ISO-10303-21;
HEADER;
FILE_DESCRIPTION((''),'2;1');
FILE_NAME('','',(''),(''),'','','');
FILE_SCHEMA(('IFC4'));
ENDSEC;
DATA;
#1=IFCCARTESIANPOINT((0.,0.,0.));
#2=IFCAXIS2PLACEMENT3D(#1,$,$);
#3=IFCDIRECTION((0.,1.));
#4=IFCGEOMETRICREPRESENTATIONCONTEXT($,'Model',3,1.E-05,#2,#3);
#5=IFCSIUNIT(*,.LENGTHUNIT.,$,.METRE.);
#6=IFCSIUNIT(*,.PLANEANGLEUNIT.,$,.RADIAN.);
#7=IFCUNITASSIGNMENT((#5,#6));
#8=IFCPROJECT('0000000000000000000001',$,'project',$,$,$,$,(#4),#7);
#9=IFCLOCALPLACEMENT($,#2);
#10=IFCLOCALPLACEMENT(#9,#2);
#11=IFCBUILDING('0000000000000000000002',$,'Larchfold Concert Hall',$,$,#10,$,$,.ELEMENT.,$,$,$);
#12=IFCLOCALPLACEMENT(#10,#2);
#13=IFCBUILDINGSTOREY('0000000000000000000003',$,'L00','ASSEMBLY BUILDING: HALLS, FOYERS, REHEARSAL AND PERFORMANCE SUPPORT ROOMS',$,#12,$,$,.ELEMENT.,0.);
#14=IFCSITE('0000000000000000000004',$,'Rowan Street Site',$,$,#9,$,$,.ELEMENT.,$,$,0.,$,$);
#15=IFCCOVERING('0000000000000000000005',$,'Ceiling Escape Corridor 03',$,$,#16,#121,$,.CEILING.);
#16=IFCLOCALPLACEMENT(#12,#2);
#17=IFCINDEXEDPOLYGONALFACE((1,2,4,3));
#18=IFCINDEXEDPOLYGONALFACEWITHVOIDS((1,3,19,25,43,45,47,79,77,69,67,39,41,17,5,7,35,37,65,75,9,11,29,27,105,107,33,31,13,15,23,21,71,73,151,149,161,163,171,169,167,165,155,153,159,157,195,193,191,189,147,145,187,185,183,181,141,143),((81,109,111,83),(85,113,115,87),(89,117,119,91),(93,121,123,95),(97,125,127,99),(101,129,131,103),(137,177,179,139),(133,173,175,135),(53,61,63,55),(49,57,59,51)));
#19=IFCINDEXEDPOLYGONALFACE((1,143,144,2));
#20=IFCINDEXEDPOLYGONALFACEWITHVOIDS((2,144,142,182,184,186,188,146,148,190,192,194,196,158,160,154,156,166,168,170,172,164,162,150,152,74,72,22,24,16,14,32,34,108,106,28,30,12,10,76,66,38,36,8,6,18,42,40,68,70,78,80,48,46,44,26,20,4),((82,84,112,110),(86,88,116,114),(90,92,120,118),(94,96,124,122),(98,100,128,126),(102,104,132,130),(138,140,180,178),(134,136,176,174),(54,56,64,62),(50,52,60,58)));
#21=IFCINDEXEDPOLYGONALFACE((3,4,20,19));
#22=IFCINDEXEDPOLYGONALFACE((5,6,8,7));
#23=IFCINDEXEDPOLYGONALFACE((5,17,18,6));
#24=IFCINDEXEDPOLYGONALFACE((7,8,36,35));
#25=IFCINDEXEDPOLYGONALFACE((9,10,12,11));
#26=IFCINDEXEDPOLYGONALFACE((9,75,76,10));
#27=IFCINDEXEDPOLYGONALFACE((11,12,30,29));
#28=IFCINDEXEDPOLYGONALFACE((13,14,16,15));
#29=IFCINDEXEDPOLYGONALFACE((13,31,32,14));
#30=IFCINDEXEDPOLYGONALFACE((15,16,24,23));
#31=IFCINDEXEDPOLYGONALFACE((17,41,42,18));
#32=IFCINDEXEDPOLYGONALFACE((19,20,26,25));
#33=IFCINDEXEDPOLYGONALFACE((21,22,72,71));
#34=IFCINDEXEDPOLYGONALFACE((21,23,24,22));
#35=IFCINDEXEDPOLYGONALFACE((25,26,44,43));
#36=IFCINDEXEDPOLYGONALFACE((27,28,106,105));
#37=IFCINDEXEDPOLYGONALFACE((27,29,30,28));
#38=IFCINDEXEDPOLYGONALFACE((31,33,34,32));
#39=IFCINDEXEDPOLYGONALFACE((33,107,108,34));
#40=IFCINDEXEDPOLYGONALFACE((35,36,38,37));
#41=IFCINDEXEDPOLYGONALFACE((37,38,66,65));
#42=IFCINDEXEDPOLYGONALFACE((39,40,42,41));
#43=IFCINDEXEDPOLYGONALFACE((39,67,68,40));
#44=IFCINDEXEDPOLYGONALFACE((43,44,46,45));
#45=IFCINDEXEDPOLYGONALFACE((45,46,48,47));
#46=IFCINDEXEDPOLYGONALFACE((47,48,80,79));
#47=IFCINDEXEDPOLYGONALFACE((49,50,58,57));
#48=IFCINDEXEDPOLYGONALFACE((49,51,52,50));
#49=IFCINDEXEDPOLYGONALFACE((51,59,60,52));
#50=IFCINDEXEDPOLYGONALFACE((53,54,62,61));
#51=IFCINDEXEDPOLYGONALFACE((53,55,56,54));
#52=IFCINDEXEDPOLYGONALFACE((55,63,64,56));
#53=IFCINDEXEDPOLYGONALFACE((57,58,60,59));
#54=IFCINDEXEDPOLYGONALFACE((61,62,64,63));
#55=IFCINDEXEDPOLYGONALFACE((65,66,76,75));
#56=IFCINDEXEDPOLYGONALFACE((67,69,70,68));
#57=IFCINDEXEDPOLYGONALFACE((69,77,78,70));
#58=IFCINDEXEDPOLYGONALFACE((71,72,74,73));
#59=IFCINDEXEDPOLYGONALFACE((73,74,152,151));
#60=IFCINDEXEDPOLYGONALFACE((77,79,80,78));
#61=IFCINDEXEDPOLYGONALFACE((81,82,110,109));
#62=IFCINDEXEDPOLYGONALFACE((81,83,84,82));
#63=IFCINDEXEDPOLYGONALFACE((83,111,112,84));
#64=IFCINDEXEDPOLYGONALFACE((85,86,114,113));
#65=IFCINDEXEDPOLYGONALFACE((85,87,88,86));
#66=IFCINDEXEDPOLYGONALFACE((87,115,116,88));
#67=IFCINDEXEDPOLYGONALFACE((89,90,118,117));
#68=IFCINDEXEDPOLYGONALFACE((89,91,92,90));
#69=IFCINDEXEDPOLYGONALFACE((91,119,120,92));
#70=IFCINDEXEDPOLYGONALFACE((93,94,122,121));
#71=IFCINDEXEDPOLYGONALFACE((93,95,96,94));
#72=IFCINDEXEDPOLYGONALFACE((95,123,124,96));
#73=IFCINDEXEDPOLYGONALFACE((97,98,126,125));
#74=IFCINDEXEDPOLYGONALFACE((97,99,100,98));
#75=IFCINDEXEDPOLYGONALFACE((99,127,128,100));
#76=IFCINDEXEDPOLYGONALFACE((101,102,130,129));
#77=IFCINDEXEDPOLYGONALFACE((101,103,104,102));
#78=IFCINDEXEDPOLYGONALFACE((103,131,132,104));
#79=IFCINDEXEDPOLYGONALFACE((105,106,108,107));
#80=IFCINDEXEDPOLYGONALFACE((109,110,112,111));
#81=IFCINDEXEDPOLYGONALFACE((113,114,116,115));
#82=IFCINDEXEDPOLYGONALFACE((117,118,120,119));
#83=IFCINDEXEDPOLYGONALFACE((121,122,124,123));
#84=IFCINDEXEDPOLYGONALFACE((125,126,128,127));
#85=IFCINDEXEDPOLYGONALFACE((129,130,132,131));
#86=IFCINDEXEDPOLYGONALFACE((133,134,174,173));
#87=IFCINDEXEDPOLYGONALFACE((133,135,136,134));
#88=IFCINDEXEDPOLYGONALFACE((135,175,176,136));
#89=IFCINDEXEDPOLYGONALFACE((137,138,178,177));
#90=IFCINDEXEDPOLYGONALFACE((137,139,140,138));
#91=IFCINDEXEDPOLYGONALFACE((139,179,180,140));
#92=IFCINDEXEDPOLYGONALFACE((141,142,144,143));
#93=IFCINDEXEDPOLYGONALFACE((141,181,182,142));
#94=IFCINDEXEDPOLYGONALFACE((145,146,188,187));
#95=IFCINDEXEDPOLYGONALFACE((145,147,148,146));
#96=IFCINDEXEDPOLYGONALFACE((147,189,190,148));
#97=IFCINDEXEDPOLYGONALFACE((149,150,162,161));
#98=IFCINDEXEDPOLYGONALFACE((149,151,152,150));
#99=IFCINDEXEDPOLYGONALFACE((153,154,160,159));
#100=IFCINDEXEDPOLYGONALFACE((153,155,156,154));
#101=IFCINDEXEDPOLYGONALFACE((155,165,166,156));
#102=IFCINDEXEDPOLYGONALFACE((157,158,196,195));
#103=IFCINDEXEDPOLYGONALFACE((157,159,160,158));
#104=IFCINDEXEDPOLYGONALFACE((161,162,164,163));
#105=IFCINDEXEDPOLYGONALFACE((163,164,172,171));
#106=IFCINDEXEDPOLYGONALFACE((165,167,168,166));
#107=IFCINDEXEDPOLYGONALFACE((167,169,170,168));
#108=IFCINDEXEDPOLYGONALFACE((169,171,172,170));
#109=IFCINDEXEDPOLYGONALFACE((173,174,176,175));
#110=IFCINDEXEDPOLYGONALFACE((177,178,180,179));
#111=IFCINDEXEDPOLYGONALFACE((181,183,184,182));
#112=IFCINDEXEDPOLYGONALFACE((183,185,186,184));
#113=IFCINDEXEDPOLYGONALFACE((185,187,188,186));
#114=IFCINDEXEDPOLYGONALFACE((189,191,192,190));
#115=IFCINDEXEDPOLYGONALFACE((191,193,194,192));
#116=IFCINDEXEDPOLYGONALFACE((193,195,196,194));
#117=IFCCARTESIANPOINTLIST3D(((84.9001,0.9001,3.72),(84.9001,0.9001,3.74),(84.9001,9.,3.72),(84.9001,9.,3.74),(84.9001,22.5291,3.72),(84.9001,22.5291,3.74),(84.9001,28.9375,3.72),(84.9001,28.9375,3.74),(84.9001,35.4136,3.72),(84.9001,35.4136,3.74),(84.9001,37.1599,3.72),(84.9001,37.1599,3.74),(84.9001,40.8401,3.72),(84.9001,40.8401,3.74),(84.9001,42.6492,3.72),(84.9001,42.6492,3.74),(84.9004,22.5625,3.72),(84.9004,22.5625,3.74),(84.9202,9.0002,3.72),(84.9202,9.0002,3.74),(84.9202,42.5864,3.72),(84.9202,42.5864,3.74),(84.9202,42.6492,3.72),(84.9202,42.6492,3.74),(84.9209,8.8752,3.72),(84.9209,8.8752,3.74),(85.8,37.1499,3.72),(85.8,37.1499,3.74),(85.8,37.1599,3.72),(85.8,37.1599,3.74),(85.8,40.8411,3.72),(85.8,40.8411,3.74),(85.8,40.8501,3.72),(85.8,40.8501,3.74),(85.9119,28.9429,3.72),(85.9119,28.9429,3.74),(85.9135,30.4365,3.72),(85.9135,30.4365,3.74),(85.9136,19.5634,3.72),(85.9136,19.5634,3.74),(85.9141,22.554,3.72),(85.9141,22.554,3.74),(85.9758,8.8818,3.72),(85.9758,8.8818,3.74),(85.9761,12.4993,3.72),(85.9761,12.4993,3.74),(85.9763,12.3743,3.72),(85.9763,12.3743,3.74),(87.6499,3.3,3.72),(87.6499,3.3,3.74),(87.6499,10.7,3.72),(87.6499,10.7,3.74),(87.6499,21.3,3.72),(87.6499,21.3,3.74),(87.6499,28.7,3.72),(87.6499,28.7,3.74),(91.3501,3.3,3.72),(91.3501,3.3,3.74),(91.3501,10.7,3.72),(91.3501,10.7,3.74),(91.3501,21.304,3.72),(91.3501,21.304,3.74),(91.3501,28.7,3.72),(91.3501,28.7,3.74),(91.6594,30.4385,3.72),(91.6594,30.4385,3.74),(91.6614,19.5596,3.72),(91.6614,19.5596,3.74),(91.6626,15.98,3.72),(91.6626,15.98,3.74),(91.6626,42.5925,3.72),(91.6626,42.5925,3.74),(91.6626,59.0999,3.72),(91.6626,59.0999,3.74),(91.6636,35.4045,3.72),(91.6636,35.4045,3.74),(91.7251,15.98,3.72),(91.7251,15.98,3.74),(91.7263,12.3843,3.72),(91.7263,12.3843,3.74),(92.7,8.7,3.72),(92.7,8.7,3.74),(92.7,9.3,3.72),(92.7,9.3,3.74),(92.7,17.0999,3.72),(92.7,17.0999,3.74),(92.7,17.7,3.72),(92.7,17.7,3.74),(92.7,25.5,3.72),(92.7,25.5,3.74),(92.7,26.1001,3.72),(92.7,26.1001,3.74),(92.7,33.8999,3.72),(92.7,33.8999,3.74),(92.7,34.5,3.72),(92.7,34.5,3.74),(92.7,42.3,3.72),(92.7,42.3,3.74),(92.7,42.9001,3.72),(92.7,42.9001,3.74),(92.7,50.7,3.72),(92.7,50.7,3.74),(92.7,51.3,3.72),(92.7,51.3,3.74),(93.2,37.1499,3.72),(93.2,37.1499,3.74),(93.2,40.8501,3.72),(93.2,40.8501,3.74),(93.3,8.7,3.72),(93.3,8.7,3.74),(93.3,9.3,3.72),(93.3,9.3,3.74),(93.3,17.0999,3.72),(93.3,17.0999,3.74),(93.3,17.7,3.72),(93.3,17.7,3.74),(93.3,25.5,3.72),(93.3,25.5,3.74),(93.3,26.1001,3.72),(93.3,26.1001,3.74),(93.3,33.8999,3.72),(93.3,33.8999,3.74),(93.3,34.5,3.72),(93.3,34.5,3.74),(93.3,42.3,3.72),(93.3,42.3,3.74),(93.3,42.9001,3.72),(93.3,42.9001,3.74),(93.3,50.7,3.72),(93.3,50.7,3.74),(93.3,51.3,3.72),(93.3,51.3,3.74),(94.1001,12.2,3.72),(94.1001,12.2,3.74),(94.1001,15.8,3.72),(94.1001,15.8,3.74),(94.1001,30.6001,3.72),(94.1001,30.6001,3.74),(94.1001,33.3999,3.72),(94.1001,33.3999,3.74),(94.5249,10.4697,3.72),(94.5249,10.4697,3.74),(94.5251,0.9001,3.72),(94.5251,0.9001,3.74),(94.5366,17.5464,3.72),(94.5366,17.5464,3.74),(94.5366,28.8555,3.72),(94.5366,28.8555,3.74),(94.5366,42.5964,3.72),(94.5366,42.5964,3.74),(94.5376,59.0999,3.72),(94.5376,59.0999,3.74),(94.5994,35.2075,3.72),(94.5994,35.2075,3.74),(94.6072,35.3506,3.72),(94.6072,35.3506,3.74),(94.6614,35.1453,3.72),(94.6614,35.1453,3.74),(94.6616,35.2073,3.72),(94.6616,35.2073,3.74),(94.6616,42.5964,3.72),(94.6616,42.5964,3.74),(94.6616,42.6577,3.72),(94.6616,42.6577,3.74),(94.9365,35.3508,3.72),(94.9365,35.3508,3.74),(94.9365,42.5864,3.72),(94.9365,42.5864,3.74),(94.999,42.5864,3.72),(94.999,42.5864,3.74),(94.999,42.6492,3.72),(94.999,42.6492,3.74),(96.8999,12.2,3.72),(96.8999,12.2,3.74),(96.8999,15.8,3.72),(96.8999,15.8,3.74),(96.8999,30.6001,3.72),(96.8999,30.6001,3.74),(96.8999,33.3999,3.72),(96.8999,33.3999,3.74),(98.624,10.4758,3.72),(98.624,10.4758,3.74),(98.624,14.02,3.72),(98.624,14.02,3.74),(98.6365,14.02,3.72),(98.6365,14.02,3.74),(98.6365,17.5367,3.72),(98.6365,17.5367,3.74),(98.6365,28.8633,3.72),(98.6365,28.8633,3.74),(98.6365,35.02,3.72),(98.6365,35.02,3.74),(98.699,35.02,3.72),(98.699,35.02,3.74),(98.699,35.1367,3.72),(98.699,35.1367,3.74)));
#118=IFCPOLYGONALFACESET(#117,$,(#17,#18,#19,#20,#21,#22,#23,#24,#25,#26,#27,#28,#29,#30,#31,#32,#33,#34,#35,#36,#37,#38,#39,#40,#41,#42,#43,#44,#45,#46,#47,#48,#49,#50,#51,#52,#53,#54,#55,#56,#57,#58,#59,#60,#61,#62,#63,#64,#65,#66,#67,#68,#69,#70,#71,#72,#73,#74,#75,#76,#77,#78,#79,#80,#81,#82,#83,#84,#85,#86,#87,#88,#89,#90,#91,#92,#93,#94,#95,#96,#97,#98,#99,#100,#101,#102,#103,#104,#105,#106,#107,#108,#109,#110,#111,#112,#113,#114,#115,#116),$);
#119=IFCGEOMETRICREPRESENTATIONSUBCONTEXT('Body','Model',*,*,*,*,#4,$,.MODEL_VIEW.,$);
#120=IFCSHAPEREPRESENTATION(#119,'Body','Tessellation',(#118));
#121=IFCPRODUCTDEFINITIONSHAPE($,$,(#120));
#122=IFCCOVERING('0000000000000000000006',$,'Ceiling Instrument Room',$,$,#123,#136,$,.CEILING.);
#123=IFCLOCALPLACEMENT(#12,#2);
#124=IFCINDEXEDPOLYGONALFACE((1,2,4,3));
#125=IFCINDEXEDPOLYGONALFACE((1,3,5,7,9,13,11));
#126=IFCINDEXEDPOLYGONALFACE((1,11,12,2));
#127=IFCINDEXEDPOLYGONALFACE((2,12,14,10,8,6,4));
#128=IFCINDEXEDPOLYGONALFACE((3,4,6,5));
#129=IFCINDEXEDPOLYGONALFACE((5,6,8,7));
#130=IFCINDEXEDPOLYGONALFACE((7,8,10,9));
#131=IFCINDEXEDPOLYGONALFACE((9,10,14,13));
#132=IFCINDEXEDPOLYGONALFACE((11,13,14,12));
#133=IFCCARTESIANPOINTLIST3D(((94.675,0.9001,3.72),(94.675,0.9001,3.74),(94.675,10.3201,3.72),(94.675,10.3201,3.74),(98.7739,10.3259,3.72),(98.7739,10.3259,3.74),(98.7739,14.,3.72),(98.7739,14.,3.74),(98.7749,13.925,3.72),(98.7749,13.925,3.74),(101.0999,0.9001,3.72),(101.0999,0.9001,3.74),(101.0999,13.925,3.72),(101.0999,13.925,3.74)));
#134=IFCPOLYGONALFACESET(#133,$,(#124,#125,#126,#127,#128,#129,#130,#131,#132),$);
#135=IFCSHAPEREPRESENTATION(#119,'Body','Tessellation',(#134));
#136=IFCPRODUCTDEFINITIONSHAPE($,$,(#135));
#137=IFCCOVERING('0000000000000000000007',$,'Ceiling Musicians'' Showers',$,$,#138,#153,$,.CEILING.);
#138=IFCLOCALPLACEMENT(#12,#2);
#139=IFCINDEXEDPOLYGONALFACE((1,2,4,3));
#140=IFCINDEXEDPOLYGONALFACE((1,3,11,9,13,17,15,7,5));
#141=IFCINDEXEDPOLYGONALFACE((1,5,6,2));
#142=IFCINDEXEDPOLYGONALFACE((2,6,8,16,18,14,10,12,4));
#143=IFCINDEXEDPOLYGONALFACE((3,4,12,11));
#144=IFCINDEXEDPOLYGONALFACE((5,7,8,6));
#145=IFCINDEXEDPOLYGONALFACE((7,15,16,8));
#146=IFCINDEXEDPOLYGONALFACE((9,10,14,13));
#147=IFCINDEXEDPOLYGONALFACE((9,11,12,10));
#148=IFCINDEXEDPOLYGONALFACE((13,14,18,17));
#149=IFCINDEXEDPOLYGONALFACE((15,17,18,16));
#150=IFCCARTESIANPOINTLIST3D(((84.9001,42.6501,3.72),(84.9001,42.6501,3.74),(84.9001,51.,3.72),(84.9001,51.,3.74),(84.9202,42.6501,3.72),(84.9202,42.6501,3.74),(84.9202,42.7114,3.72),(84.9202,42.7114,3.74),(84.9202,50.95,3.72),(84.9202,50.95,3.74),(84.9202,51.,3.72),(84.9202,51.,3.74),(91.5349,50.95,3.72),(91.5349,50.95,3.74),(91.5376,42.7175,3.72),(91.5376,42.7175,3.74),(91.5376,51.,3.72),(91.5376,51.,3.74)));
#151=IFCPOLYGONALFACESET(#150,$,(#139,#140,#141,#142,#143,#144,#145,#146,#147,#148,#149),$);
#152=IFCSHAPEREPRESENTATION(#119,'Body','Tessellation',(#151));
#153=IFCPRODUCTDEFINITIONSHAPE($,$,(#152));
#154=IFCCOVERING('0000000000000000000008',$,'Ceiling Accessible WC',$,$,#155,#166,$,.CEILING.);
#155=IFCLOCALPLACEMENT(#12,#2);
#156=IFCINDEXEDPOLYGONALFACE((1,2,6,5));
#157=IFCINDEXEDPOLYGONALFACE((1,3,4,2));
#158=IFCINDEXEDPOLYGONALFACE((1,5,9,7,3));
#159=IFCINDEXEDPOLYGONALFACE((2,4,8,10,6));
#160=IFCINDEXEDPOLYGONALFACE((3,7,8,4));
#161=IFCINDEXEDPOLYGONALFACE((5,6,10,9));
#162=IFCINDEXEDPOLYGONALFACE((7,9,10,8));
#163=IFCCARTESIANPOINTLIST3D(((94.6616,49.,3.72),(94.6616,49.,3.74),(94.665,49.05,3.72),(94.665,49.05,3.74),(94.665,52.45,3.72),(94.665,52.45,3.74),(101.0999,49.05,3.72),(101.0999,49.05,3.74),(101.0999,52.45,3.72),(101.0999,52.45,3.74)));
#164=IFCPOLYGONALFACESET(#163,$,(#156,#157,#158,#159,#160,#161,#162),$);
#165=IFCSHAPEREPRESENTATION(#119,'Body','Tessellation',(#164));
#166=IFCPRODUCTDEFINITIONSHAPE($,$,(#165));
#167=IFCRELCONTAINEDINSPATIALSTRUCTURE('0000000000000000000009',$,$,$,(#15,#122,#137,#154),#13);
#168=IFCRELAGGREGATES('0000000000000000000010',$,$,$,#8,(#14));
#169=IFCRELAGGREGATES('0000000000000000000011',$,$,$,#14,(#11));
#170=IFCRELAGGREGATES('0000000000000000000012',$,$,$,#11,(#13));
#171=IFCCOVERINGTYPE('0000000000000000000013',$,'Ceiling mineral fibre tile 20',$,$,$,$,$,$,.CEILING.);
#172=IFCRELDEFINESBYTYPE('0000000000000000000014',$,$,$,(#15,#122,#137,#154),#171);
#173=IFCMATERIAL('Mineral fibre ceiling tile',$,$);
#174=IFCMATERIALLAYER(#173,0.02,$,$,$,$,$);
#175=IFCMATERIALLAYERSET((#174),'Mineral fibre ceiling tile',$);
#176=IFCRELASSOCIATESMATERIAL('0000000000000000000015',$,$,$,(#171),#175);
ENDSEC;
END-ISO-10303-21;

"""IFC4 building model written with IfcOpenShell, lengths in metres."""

from ifc_helpers import new_model, si_unit, direction, frame, origin, place, context, subcontext, project, spatial, polyline, outline, extrude, material, layer, layer_set, type_object, element, save


model = new_model("IFC4")

# Units and contexts
model_context = context("Model", 3, precision=1e-05, world=origin(), true_north=direction((0.0, 1.0)))
body_context = subcontext(model_context, "Body", "Model", "MODEL_VIEW")
ifc_project = project(units=[si_unit("LENGTHUNIT", "METRE"), si_unit("PLANEANGLEUNIT", "RADIAN")], contexts=[model_context])

# Site, building, storey
site_placement = place(None, origin())
site = spatial("IfcSite", under=ifc_project, at=site_placement, Name="Rowan Street Site", CompositionType="ELEMENT", RefElevation=0.0)
building_placement = place(site_placement, origin())
building = spatial("IfcBuilding", under=site, at=building_placement, Name="Larchfold Concert Hall", CompositionType="ELEMENT")
storey_placement = place(building_placement, origin())
storey = spatial("IfcBuildingStorey", under=building, at=storey_placement, Name="L00", Description="ASSEMBLY BUILDING: HALLS, FOYERS, REHEARSAL AND PERFORMANCE SUPPORT ROOMS", CompositionType="ELEMENT", Elevation=0.0)

# Coverings
ifc_material_1 = material(Name="Mineral fibre ceiling tile")
ifc_layer_1 = layer(ifc_material_1, 0.02)
ifc_layer_set_1 = layer_set([ifc_layer_1], Name="Mineral fibre ceiling tile")
covering_type_1 = type_object("IfcCoveringType", Name="Ceiling mineral fibre tile 20", PredefinedType="CEILING", material=ifc_layer_set_1)
covering_1_placement = place(storey_placement, frame((0.0, 0.0, 3.72)))
element("IfcCovering", 1, at=covering_1_placement, inside=storey, type_object=covering_type_1, Name="Ceiling Escape Corridor 03", PredefinedType="CEILING", context=body_context, shape_type="SweptSolid", body=[
    extrude(outline(polyline([(84.9001, 22.5291), (84.9004, 22.5625), (85.9141, 22.554), (85.9136, 19.5635), (85.8508, 19.5635), (91.6614, 19.5596), (91.6626, 15.98), (91.7251, 15.98), (91.7263, 12.3843), (85.9763, 12.3743), (85.9761, 12.4993), (85.9758, 8.8818), (84.9209, 8.8752), (84.9202, 9.0002), (84.9001, 9.0), (84.9001, 0.9001), (94.5251, 0.9001), (94.5249, 10.4697), (98.624, 10.4758), (98.624, 14.02), (98.6365, 14.02), (98.6365, 17.5366), (98.6614, 17.5366), (94.5366, 17.5464), (94.5366, 28.8555), (98.6365, 28.8633), (98.6365, 35.02), (98.699, 35.02), (98.699, 35.1367), (94.6614, 35.1453), (94.6616, 35.2073), (94.5994, 35.2075), (94.6072, 35.3506), (94.9365, 35.3508), (94.9365, 42.5864), (94.999, 42.5864), (94.999, 42.6492), (94.6616, 42.6577), (94.6616, 42.5964), (94.5366, 42.5964), (94.5376, 59.0999), (91.6626, 59.0999), (91.6626, 42.5925), (84.9202, 42.5864), (84.9202, 42.6492), (84.9001, 42.6492), (84.9001, 40.8401), (85.8, 40.8411), (85.8, 40.8501), (93.2, 40.8501), (93.2, 37.1499), (85.8, 37.1499), (85.8, 37.1599), (84.9001, 37.1599), (84.9001, 35.4136), (91.6636, 35.4045), (91.6594, 30.4385), (85.9136, 30.4365), (85.9136, 30.499), (85.9119, 28.9429), (84.9001, 28.9375), (84.9001, 22.5291)]), holes=[polyline([(96.8999, 12.2), (94.1001, 12.2), (94.1001, 15.8), (96.8999, 15.8), (96.8999, 12.2)]), polyline([(96.8999, 30.6001), (94.1001, 30.6001), (94.1001, 33.3999), (96.8999, 33.3999), (96.8999, 30.6001)]), polyline([(92.7, 50.7), (92.7, 51.3), (93.3, 51.3), (93.3, 50.7), (92.7, 50.7)]), polyline([(93.3, 8.7), (92.7, 8.7), (92.7, 9.3), (93.3, 9.3), (93.3, 8.7)]), polyline([(93.3, 17.0999), (92.7, 17.0999), (92.7, 17.7), (93.3, 17.7), (93.3, 17.0999)]), polyline([(93.3, 26.1001), (93.3, 25.5), (92.7, 25.5), (92.7, 26.1001), (93.3, 26.1001)]), polyline([(93.3, 34.5), (93.3, 33.8999), (92.7, 33.8999), (92.7, 34.5), (93.3, 34.5)]), polyline([(93.3, 42.9001), (93.3, 42.3), (92.7, 42.3), (92.7, 42.9001), (93.3, 42.9001)]), polyline([(91.3501, 3.3), (87.6499, 3.3), (87.6499, 10.7), (91.3501, 10.7), (91.3501, 3.3)]), polyline([(91.3501, 21.304), (87.6499, 21.3), (87.6499, 28.7), (91.3501, 28.7), (91.3501, 21.304)])]), origin(), (0.0, 0.0, 1.0), 0.02),
])
covering_2_placement = place(storey_placement, frame((0.0, 0.0, 3.72)))
element("IfcCovering", 2, at=covering_2_placement, inside=storey, type_object=covering_type_1, Name="Ceiling Instrument Room", PredefinedType="CEILING", context=body_context, shape_type="SweptSolid", body=[
    extrude(outline(polyline([(101.0999, 0.9001), (101.0999, 13.925), (98.7749, 13.925), (98.7739, 14.0), (98.7739, 10.3259), (94.675, 10.3201), (94.675, 0.9001), (101.0999, 0.9001)])), origin(), (0.0, 0.0, 1.0), 0.02),
])
covering_3_placement = place(storey_placement, frame((0.0, 0.0, 3.72)))
element("IfcCovering", 3, at=covering_3_placement, inside=storey, type_object=covering_type_1, Name="Ceiling Musicians' Showers", PredefinedType="CEILING", context=body_context, shape_type="SweptSolid", body=[
    extrude(outline(polyline([(91.5376, 51.0), (91.5349, 50.95), (84.9202, 50.95), (84.9202, 51.0), (84.9001, 51.0), (84.9001, 42.6501), (84.9202, 42.6501), (84.9202, 42.7114), (91.6001, 42.7175), (91.5376, 42.7175), (91.5376, 51.0)])), origin(), (0.0, 0.0, 1.0), 0.02),
])
covering_4_placement = place(storey_placement, frame((0.0, 0.0, 3.72)))
element("IfcCovering", 4, at=covering_4_placement, inside=storey, type_object=covering_type_1, Name="Ceiling Accessible WC", PredefinedType="CEILING", context=body_context, shape_type="SweptSolid", body=[
    extrude(outline(polyline([(94.6616, 49.0), (94.665, 49.05), (101.0999, 49.05), (101.0999, 52.45), (94.665, 52.45), (94.665, 52.5), (94.6616, 49.0)])), origin(), (0.0, 0.0, 1.0), 0.02),
])

save(model, "model.ifc")
